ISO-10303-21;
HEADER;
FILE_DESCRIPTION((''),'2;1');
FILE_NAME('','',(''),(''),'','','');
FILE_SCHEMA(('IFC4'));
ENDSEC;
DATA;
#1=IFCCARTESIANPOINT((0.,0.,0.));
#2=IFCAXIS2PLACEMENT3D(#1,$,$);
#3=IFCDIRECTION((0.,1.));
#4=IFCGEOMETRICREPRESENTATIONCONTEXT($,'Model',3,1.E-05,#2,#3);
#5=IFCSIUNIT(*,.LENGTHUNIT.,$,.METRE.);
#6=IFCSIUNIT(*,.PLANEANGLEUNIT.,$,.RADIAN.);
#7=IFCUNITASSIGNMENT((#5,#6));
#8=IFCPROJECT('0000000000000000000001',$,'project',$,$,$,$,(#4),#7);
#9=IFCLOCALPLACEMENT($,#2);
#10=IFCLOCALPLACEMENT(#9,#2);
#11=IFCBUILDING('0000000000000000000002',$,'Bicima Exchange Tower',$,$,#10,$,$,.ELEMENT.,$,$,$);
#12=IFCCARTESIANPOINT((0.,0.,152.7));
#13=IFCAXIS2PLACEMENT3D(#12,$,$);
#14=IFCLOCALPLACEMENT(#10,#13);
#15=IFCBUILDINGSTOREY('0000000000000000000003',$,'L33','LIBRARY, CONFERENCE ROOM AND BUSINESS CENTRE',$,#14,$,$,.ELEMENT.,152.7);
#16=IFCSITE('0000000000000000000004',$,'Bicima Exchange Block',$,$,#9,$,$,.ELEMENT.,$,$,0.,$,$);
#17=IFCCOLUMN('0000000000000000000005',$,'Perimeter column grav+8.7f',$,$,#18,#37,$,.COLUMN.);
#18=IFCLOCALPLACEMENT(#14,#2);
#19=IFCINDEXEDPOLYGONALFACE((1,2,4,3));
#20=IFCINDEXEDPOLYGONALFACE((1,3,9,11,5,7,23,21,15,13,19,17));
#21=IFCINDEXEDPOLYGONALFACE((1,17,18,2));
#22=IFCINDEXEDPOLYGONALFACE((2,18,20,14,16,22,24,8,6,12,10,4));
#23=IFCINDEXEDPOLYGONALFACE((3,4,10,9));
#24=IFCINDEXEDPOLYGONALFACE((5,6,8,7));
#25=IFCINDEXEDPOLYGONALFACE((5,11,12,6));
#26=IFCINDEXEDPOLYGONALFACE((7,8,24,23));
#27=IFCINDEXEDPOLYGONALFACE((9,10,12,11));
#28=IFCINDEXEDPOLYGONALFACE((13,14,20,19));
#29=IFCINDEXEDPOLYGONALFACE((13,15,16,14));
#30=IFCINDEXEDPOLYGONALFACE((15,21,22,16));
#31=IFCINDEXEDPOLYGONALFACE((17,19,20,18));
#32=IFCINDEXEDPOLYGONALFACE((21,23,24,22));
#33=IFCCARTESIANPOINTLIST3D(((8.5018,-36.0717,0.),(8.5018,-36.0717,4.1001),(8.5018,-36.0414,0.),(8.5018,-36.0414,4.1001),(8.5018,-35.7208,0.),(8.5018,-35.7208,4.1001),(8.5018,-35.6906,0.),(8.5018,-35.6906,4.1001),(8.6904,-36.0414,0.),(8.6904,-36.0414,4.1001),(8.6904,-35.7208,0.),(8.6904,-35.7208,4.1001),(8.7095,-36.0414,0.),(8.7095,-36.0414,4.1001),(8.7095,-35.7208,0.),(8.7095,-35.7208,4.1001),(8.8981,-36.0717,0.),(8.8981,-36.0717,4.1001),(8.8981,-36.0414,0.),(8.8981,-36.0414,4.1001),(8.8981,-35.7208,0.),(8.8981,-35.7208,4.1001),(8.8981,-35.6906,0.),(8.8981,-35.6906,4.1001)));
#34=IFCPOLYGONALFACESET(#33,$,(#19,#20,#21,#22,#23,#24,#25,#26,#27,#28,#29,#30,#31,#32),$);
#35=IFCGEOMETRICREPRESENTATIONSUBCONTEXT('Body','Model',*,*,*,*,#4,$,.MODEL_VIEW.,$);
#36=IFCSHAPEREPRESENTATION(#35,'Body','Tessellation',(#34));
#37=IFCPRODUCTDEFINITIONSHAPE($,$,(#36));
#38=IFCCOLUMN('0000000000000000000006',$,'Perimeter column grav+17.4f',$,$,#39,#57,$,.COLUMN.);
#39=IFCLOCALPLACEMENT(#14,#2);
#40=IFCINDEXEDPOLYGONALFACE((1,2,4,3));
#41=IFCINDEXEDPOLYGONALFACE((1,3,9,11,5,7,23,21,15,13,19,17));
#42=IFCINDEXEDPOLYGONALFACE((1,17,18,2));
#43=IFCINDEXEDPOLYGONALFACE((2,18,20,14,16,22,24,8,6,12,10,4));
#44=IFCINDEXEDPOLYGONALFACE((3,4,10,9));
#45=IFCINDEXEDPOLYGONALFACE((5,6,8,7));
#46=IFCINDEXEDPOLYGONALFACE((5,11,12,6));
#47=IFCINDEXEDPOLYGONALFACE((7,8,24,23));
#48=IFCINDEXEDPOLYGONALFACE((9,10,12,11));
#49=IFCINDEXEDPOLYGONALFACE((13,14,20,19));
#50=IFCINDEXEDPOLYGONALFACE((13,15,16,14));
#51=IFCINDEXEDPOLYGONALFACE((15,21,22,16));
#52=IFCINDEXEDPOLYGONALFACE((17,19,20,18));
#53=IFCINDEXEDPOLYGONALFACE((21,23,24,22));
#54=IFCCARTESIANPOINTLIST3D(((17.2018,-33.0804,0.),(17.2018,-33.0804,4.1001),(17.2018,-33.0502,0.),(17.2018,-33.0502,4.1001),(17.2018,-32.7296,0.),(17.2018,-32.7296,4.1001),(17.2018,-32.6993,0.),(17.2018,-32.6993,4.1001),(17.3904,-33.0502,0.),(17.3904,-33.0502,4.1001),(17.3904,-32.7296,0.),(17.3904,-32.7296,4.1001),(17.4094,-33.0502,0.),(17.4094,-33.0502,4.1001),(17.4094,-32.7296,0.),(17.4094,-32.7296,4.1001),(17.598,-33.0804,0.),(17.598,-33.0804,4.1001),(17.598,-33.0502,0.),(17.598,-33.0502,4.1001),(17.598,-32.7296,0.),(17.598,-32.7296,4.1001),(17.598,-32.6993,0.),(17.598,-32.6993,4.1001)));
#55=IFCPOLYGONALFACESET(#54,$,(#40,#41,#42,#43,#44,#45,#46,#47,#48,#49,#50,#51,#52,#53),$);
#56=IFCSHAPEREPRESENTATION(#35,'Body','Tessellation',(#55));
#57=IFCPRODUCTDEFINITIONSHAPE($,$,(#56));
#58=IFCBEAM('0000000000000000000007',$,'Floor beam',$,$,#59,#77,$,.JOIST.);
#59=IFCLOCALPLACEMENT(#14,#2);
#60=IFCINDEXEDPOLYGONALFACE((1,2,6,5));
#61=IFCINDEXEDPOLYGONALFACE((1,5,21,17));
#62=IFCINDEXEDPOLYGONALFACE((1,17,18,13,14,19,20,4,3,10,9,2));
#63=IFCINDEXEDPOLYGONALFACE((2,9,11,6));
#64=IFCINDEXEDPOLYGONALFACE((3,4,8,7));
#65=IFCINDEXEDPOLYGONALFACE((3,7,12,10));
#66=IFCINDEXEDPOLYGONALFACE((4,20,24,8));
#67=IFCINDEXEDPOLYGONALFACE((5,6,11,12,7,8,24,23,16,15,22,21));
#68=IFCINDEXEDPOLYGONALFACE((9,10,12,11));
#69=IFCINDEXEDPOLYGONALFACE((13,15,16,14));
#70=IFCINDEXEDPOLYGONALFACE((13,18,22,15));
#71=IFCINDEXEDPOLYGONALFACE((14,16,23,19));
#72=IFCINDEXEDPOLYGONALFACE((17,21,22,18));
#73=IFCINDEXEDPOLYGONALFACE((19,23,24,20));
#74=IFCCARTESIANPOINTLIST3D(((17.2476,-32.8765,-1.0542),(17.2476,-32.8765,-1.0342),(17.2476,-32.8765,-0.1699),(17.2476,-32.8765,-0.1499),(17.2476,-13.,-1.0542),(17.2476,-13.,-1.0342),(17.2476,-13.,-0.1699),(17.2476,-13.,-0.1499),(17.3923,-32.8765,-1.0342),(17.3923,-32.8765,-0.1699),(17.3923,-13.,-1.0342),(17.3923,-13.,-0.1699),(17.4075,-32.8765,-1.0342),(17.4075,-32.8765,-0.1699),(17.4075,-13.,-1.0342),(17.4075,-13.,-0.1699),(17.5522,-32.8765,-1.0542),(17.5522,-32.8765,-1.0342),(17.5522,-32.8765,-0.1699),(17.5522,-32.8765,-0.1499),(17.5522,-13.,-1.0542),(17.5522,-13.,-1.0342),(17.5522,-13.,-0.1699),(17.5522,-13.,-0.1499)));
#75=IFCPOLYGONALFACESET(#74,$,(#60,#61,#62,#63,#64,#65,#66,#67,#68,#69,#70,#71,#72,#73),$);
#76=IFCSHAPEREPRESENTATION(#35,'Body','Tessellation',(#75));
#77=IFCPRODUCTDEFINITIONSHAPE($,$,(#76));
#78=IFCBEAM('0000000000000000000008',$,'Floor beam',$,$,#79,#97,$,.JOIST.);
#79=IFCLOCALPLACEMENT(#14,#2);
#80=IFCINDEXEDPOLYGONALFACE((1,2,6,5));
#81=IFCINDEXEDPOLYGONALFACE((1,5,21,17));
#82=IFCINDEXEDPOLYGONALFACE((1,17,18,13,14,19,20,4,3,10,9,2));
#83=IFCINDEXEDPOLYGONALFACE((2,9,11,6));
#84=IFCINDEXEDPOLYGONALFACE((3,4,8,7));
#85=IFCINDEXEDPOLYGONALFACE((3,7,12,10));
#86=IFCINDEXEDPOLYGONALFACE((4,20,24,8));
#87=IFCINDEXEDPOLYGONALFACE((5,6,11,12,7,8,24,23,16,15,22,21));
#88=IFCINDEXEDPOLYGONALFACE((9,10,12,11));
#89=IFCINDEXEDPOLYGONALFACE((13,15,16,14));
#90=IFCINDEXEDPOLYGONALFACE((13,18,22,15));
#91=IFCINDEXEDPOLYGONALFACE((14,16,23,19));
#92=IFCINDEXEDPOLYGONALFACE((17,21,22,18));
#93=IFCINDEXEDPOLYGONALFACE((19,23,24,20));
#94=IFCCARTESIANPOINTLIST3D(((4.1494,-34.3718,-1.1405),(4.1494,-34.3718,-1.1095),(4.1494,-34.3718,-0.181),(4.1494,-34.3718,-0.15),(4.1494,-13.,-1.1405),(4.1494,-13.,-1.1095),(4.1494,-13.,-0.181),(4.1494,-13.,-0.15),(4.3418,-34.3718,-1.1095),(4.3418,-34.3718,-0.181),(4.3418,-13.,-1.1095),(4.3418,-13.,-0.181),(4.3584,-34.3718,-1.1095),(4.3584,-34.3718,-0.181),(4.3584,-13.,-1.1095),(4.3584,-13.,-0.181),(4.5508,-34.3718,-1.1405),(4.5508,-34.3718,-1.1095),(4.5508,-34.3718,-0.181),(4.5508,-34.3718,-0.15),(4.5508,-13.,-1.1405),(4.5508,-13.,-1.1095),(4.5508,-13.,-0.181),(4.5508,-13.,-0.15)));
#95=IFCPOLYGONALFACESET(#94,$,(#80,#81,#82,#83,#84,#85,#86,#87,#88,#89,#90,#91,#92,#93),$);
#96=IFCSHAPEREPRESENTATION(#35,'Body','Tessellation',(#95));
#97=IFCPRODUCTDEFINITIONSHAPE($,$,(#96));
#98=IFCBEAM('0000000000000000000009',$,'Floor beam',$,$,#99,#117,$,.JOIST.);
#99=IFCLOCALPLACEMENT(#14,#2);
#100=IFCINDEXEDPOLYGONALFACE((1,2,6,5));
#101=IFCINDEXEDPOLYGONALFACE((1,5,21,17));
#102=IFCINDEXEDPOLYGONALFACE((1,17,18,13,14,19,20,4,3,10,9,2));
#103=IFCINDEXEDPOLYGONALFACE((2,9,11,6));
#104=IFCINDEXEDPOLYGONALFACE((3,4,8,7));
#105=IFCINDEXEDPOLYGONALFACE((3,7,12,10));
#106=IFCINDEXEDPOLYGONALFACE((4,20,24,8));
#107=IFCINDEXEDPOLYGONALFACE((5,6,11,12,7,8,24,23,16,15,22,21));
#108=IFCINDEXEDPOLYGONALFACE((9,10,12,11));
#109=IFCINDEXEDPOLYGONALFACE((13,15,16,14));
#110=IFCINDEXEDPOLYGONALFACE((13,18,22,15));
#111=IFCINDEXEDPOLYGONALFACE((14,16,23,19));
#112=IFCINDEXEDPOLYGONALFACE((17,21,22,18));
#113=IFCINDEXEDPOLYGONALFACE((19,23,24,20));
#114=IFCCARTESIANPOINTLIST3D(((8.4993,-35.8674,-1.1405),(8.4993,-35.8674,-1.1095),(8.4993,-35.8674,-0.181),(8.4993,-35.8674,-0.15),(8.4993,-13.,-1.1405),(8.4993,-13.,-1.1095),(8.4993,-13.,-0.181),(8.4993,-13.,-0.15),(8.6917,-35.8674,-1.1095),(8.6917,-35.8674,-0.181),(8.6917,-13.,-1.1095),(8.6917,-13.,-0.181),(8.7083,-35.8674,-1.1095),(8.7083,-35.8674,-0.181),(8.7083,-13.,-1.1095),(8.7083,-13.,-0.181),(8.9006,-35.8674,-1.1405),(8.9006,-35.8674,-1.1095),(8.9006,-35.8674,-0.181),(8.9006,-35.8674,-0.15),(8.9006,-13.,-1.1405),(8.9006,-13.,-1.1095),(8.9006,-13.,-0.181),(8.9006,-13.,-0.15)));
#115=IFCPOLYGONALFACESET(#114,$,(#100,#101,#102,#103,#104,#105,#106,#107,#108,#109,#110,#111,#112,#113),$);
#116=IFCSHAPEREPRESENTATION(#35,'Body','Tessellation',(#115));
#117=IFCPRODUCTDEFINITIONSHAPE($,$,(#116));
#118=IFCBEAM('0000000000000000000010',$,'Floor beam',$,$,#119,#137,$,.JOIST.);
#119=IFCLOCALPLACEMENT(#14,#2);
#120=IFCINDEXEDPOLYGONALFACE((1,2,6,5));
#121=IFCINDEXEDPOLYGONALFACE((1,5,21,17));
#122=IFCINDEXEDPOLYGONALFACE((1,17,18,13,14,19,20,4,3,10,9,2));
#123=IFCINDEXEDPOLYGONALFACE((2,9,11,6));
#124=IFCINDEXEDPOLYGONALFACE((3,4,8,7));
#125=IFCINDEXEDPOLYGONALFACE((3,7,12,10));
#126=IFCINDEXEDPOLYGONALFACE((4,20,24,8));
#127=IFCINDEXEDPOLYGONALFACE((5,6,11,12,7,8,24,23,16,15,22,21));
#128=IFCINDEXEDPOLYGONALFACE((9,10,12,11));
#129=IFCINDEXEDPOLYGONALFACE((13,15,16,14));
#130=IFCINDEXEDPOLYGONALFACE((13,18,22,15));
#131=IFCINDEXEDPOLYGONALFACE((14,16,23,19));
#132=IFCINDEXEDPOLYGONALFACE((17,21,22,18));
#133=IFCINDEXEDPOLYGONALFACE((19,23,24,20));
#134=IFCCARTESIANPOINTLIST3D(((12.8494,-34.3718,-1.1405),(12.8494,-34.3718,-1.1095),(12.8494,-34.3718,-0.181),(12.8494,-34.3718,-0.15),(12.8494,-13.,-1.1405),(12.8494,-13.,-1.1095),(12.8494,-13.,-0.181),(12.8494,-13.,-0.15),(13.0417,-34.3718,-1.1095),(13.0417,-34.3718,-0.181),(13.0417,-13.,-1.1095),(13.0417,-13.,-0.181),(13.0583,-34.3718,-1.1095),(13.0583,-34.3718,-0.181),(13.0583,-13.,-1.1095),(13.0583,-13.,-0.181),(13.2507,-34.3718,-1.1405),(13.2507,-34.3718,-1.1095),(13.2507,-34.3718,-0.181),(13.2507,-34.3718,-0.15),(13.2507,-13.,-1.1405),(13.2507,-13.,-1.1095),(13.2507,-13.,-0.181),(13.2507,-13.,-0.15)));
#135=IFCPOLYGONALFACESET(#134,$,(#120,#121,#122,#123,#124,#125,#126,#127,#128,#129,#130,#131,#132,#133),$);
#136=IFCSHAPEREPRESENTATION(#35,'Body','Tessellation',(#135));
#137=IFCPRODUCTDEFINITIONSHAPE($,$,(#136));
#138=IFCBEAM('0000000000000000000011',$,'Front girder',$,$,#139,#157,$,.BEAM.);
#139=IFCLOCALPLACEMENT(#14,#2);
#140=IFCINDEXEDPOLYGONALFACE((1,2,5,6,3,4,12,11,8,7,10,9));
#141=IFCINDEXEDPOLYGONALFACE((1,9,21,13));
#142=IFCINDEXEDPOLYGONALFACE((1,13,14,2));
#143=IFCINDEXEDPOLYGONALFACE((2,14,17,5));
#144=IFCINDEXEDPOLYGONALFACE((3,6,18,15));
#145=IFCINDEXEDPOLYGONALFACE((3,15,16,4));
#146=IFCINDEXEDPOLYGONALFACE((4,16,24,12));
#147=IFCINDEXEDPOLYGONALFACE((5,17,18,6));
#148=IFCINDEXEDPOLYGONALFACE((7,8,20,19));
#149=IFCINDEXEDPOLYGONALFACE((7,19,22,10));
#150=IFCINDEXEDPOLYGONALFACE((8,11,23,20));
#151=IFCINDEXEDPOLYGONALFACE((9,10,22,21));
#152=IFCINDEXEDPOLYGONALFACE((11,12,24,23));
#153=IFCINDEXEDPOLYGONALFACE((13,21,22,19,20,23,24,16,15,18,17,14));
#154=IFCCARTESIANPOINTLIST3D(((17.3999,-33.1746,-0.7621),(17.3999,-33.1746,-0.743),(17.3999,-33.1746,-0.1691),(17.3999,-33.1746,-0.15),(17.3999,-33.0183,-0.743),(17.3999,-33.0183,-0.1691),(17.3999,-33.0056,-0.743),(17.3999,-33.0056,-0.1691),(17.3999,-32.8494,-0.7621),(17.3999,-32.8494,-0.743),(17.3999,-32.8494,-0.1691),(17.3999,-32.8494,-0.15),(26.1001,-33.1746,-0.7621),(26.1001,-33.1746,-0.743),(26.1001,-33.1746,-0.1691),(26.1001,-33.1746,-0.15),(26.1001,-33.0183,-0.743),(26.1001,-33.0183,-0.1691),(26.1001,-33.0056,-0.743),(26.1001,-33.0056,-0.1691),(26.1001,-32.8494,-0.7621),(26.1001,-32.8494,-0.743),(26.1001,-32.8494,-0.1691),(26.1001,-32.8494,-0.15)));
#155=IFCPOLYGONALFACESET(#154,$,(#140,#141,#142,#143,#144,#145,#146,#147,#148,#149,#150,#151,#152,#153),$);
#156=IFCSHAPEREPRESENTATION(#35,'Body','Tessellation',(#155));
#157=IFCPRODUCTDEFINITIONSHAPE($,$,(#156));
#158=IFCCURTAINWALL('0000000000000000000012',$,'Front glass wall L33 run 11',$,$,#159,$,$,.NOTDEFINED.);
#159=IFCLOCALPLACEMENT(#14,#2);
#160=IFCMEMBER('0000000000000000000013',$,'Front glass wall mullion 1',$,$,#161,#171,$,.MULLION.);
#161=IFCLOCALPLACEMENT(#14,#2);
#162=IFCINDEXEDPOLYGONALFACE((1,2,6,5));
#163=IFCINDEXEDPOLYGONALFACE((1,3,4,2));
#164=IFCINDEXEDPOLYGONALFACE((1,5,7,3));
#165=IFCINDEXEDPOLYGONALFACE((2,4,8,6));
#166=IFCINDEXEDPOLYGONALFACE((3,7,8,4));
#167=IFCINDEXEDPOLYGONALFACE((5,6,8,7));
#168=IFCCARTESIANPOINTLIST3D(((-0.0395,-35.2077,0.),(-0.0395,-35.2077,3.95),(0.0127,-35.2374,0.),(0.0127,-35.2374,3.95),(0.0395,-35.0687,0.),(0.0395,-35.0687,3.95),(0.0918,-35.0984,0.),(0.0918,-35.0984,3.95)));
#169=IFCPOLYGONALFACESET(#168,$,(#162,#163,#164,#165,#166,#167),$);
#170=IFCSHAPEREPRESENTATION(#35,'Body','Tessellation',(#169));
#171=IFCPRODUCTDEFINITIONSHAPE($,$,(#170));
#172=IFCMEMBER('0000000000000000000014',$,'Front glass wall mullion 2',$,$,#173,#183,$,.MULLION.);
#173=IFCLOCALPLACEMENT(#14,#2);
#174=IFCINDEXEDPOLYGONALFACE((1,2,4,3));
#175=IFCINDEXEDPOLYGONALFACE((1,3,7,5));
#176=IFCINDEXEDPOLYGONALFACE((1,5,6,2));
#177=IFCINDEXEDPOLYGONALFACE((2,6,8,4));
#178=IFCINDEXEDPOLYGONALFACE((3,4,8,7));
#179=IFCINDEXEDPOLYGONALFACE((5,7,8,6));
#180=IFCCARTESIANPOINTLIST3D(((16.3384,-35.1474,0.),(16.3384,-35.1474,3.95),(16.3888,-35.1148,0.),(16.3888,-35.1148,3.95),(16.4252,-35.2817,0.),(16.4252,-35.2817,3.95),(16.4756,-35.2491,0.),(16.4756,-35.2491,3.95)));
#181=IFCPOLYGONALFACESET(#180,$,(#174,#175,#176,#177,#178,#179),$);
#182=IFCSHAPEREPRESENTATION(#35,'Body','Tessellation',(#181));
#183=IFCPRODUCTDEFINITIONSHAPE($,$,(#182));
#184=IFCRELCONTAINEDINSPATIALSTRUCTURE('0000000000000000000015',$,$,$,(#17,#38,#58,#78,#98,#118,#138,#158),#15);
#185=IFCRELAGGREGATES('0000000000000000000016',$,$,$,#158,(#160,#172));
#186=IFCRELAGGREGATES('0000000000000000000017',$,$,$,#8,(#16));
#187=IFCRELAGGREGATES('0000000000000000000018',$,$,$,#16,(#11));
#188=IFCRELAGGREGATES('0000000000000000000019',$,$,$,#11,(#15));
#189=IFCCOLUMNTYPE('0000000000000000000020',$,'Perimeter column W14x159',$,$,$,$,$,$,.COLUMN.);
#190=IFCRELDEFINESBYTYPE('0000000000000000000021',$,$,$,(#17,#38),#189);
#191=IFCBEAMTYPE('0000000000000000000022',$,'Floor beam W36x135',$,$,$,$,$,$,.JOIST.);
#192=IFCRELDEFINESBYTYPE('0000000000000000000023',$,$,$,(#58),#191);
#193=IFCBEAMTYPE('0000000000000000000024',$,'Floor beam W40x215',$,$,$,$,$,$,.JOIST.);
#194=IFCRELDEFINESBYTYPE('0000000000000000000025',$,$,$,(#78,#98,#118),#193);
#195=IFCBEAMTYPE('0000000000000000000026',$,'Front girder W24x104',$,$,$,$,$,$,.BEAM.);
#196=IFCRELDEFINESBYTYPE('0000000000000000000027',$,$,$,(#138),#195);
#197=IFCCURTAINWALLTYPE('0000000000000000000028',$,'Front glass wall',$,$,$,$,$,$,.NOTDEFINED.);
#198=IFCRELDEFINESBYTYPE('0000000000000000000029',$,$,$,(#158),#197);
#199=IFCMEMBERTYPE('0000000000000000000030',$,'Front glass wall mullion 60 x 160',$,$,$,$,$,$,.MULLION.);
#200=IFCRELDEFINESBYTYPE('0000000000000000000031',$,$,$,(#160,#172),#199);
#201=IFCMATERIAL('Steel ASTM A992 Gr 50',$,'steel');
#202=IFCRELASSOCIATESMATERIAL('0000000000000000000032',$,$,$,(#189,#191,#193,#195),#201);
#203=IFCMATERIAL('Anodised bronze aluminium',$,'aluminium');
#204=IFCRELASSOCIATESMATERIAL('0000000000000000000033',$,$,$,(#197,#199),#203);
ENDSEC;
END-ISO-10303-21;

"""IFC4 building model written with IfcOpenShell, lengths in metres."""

from ifc_helpers import new_model, si_unit, direction, frame, origin, origin_2d, place, context, subcontext, project, spatial, rectangle, i_section, extrude, material, material_profile, profile_set, type_object, element, aggregate, save


model = new_model("IFC4")

# Units and contexts
model_context = context("Model", 3, precision=1e-05, world=origin(), true_north=direction((0.0, 1.0)))
body_context = subcontext(model_context, "Body", "Model", "MODEL_VIEW")
ifc_project = project(units=[si_unit("LENGTHUNIT", "METRE"), si_unit("PLANEANGLEUNIT", "RADIAN")], contexts=[model_context])

# Site, building, storey
site_placement = place(None, origin())
site = spatial("IfcSite", under=ifc_project, at=site_placement, Name="Bicima Exchange Block", CompositionType="ELEMENT", RefElevation=0.0)
building_placement = place(site_placement, origin())
building = spatial("IfcBuilding", under=site, at=building_placement, Name="Bicima Exchange Tower", CompositionType="ELEMENT")
storey_placement = place(building_placement, frame((0.0, 0.0, 152.7)))
storey = spatial("IfcBuildingStorey", under=building, at=storey_placement, Name="L33", Description="LIBRARY, CONFERENCE ROOM AND BUSINESS CENTRE", CompositionType="ELEMENT", Elevation=152.7)

# Columns
ifc_material_1 = material(Name="Steel ASTM A992 Gr 50", Category="steel")
ifc_material_profile_1 = material_profile(ifc_material_1, i_section(OverallWidth=0.3962, OverallDepth=0.3811, WebThickness=0.019, FlangeThickness=0.0303, at=origin_2d()))
ifc_profile_set_1 = profile_set([ifc_material_profile_1], Name="Steel ASTM A992 Gr 50")
column_type = type_object("IfcColumnType", Name="Perimeter column W14x159", PredefinedType="COLUMN", material=ifc_profile_set_1)
for number, where, z_axis, x_axis, name in (
    (1, (8.7, -35.8811, 0.0), (0.0, 0.0, 1.0), (1.0, 0.0, 0.0), "Perimeter column grav+8.7f"),
    (2, (17.3999, -32.8899, 0.0), (0.0, 0.0, 1.0), (1.0, 0.0, 0.0), "Perimeter column grav+17.4f"),
):
    element("IfcColumn", number, at=place(storey_placement, frame(where, z_axis=z_axis, x_axis=x_axis)), inside=storey, type_object=column_type, Name=name, PredefinedType="COLUMN", context=body_context, shape_type="SweptSolid", body=[
        extrude(i_section(OverallWidth=0.3962, OverallDepth=0.3811, WebThickness=0.019, FlangeThickness=0.0303, at=origin_2d()), origin(), (0.0, 0.0, 1.0), 4.1001),
    ])

# Beams
ifc_material_profile_2 = material_profile(ifc_material_1, i_section(OverallWidth=0.3047, OverallDepth=0.9043, WebThickness=0.0151, FlangeThickness=0.02, at=origin_2d()))
ifc_profile_set_2 = profile_set([ifc_material_profile_2], Name="Steel ASTM A992 Gr 50")
beam_type_1 = type_object("IfcBeamType", Name="Floor beam W36x135", PredefinedType="JOIST", material=ifc_profile_set_2)
beam_1_placement = place(storey_placement, frame((17.3999, -13.0, -0.6021), z_axis=(0.0, -1.0, 0.0), x_axis=(1.0, 0.0, 0.0)))
element("IfcBeam", 3, at=beam_1_placement, inside=storey, type_object=beam_type_1, Name="Floor beam", PredefinedType="JOIST", context=body_context, shape_type="SweptSolid", body=[
    extrude(i_section(OverallWidth=0.3047, OverallDepth=0.9043, WebThickness=0.0151, FlangeThickness=0.02, at=origin_2d()), origin(), (0.0, 0.0, 1.0), 19.8765),
])
ifc_material_profile_3 = material_profile(ifc_material_1, i_section(OverallWidth=0.4014, OverallDepth=0.9905, WebThickness=0.0166, FlangeThickness=0.031, at=origin_2d()))
ifc_profile_set_3 = profile_set([ifc_material_profile_3], Name="Steel ASTM A992 Gr 50")
beam_type_2 = type_object("IfcBeamType", Name="Floor beam W40x215", PredefinedType="JOIST", material=ifc_profile_set_3)
beam_2_placement = place(storey_placement, frame((4.3501, -13.0, -0.6453), z_axis=(0.0, -1.0, 0.0), x_axis=(1.0, 0.0, 0.0)))
element("IfcBeam", 4, at=beam_2_placement, inside=storey, type_object=beam_type_2, Name="Floor beam", PredefinedType="JOIST", context=body_context, shape_type="SweptSolid", body=[
    extrude(i_section(OverallWidth=0.4014, OverallDepth=0.9905, WebThickness=0.0166, FlangeThickness=0.031, at=origin_2d()), origin(), (0.0, 0.0, 1.0), 21.3718),
])
beam_3_placement = place(storey_placement, frame((8.7, -13.0, -0.6453), z_axis=(0.0, -1.0, 0.0), x_axis=(1.0, 0.0, 0.0)))
element("IfcBeam", 5, at=beam_3_placement, inside=storey, type_object=beam_type_2, Name="Floor beam", PredefinedType="JOIST", context=body_context, shape_type="SweptSolid", body=[
    extrude(i_section(OverallWidth=0.4014, OverallDepth=0.9905, WebThickness=0.0166, FlangeThickness=0.031, at=origin_2d()), origin(), (0.0, 0.0, 1.0), 22.8674),
])
beam_4_placement = place(storey_placement, frame((13.05, -13.0, -0.6453), z_axis=(0.0, -1.0, 0.0), x_axis=(1.0, 0.0, 0.0)))
element("IfcBeam", 6, at=beam_4_placement, inside=storey, type_object=beam_type_2, Name="Floor beam", PredefinedType="JOIST", context=body_context, shape_type="SweptSolid", body=[
    extrude(i_section(OverallWidth=0.4014, OverallDepth=0.9905, WebThickness=0.0166, FlangeThickness=0.031, at=origin_2d()), origin(), (0.0, 0.0, 1.0), 21.3718),
])
ifc_material_profile_4 = material_profile(ifc_material_1, i_section(OverallWidth=0.3252, OverallDepth=0.6121, WebThickness=0.0127, FlangeThickness=0.019, at=origin_2d()))
ifc_profile_set_4 = profile_set([ifc_material_profile_4], Name="Steel ASTM A992 Gr 50")
beam_type_3 = type_object("IfcBeamType", Name="Front girder W24x104", PredefinedType="BEAM", material=ifc_profile_set_4)
beam_5_placement = place(storey_placement, frame((17.3999, -33.012, -0.4561), z_axis=(1.0, 0.0, 0.0), x_axis=(0.0, 1.0, 0.0)))
element("IfcBeam", 7, at=beam_5_placement, inside=storey, type_object=beam_type_3, Name="Front girder", PredefinedType="BEAM", context=body_context, shape_type="SweptSolid", body=[
    extrude(i_section(OverallWidth=0.3252, OverallDepth=0.6121, WebThickness=0.0127, FlangeThickness=0.019, at=origin_2d()), origin(), (0.0, 0.0, 1.0), 8.7002),
])

# Curtain wall, members
ifc_material_2 = material(Name="Anodised bronze aluminium", Category="aluminium")
curtain_wall_type = type_object("IfcCurtainWallType", Name="Front glass wall", PredefinedType="NOTDEFINED", material=ifc_material_2)
curtain_wall_1_placement = place(storey_placement, origin())
curtain_wall_1 = element("IfcCurtainWall", 8, at=curtain_wall_1_placement, inside=storey, type_object=curtain_wall_type, Name="Front glass wall L33 run 11", PredefinedType="NOTDEFINED")
ifc_material_profile_5 = material_profile(ifc_material_2, rectangle(XDim=0.1599, YDim=0.0601, at=origin_2d()))
ifc_profile_set_5 = profile_set([ifc_material_profile_5], Name="Anodised bronze aluminium")
member_type_1 = type_object("IfcMemberType", Name="Front glass wall mullion 60 x 160", PredefinedType="MULLION", material=ifc_profile_set_5)
member_1_placement = place(storey_placement, frame((0.0261, -35.1531, 0.0), z_axis=(0.0, 0.0, 1.0), x_axis=(0.49433, 0.869274, 0.0)))
member_1 = element("IfcMember", 9, at=member_1_placement, type_object=member_type_1, Name="Front glass wall mullion 1", PredefinedType="MULLION", context=body_context, shape_type="SweptSolid", body=[
    extrude(rectangle(XDim=0.1599, YDim=0.0601, at=origin_2d()), origin(), (0.0, 0.0, 1.0), 3.95),
])
member_2_placement = place(storey_placement, frame((16.407, -35.1982, 0.0), z_axis=(0.0, 0.0, 1.0), x_axis=(-0.542909, 0.839791, 0.0)))
member_2 = element("IfcMember", 10, at=member_2_placement, type_object=member_type_1, Name="Front glass wall mullion 2", PredefinedType="MULLION", context=body_context, shape_type="SweptSolid", body=[
    extrude(rectangle(XDim=0.1599, YDim=0.0601, at=origin_2d()), origin(), (0.0, 0.0, 1.0), 3.95),
])

aggregate(curtain_wall_1, [member_1, member_2])

save(model, "model.ifc")
